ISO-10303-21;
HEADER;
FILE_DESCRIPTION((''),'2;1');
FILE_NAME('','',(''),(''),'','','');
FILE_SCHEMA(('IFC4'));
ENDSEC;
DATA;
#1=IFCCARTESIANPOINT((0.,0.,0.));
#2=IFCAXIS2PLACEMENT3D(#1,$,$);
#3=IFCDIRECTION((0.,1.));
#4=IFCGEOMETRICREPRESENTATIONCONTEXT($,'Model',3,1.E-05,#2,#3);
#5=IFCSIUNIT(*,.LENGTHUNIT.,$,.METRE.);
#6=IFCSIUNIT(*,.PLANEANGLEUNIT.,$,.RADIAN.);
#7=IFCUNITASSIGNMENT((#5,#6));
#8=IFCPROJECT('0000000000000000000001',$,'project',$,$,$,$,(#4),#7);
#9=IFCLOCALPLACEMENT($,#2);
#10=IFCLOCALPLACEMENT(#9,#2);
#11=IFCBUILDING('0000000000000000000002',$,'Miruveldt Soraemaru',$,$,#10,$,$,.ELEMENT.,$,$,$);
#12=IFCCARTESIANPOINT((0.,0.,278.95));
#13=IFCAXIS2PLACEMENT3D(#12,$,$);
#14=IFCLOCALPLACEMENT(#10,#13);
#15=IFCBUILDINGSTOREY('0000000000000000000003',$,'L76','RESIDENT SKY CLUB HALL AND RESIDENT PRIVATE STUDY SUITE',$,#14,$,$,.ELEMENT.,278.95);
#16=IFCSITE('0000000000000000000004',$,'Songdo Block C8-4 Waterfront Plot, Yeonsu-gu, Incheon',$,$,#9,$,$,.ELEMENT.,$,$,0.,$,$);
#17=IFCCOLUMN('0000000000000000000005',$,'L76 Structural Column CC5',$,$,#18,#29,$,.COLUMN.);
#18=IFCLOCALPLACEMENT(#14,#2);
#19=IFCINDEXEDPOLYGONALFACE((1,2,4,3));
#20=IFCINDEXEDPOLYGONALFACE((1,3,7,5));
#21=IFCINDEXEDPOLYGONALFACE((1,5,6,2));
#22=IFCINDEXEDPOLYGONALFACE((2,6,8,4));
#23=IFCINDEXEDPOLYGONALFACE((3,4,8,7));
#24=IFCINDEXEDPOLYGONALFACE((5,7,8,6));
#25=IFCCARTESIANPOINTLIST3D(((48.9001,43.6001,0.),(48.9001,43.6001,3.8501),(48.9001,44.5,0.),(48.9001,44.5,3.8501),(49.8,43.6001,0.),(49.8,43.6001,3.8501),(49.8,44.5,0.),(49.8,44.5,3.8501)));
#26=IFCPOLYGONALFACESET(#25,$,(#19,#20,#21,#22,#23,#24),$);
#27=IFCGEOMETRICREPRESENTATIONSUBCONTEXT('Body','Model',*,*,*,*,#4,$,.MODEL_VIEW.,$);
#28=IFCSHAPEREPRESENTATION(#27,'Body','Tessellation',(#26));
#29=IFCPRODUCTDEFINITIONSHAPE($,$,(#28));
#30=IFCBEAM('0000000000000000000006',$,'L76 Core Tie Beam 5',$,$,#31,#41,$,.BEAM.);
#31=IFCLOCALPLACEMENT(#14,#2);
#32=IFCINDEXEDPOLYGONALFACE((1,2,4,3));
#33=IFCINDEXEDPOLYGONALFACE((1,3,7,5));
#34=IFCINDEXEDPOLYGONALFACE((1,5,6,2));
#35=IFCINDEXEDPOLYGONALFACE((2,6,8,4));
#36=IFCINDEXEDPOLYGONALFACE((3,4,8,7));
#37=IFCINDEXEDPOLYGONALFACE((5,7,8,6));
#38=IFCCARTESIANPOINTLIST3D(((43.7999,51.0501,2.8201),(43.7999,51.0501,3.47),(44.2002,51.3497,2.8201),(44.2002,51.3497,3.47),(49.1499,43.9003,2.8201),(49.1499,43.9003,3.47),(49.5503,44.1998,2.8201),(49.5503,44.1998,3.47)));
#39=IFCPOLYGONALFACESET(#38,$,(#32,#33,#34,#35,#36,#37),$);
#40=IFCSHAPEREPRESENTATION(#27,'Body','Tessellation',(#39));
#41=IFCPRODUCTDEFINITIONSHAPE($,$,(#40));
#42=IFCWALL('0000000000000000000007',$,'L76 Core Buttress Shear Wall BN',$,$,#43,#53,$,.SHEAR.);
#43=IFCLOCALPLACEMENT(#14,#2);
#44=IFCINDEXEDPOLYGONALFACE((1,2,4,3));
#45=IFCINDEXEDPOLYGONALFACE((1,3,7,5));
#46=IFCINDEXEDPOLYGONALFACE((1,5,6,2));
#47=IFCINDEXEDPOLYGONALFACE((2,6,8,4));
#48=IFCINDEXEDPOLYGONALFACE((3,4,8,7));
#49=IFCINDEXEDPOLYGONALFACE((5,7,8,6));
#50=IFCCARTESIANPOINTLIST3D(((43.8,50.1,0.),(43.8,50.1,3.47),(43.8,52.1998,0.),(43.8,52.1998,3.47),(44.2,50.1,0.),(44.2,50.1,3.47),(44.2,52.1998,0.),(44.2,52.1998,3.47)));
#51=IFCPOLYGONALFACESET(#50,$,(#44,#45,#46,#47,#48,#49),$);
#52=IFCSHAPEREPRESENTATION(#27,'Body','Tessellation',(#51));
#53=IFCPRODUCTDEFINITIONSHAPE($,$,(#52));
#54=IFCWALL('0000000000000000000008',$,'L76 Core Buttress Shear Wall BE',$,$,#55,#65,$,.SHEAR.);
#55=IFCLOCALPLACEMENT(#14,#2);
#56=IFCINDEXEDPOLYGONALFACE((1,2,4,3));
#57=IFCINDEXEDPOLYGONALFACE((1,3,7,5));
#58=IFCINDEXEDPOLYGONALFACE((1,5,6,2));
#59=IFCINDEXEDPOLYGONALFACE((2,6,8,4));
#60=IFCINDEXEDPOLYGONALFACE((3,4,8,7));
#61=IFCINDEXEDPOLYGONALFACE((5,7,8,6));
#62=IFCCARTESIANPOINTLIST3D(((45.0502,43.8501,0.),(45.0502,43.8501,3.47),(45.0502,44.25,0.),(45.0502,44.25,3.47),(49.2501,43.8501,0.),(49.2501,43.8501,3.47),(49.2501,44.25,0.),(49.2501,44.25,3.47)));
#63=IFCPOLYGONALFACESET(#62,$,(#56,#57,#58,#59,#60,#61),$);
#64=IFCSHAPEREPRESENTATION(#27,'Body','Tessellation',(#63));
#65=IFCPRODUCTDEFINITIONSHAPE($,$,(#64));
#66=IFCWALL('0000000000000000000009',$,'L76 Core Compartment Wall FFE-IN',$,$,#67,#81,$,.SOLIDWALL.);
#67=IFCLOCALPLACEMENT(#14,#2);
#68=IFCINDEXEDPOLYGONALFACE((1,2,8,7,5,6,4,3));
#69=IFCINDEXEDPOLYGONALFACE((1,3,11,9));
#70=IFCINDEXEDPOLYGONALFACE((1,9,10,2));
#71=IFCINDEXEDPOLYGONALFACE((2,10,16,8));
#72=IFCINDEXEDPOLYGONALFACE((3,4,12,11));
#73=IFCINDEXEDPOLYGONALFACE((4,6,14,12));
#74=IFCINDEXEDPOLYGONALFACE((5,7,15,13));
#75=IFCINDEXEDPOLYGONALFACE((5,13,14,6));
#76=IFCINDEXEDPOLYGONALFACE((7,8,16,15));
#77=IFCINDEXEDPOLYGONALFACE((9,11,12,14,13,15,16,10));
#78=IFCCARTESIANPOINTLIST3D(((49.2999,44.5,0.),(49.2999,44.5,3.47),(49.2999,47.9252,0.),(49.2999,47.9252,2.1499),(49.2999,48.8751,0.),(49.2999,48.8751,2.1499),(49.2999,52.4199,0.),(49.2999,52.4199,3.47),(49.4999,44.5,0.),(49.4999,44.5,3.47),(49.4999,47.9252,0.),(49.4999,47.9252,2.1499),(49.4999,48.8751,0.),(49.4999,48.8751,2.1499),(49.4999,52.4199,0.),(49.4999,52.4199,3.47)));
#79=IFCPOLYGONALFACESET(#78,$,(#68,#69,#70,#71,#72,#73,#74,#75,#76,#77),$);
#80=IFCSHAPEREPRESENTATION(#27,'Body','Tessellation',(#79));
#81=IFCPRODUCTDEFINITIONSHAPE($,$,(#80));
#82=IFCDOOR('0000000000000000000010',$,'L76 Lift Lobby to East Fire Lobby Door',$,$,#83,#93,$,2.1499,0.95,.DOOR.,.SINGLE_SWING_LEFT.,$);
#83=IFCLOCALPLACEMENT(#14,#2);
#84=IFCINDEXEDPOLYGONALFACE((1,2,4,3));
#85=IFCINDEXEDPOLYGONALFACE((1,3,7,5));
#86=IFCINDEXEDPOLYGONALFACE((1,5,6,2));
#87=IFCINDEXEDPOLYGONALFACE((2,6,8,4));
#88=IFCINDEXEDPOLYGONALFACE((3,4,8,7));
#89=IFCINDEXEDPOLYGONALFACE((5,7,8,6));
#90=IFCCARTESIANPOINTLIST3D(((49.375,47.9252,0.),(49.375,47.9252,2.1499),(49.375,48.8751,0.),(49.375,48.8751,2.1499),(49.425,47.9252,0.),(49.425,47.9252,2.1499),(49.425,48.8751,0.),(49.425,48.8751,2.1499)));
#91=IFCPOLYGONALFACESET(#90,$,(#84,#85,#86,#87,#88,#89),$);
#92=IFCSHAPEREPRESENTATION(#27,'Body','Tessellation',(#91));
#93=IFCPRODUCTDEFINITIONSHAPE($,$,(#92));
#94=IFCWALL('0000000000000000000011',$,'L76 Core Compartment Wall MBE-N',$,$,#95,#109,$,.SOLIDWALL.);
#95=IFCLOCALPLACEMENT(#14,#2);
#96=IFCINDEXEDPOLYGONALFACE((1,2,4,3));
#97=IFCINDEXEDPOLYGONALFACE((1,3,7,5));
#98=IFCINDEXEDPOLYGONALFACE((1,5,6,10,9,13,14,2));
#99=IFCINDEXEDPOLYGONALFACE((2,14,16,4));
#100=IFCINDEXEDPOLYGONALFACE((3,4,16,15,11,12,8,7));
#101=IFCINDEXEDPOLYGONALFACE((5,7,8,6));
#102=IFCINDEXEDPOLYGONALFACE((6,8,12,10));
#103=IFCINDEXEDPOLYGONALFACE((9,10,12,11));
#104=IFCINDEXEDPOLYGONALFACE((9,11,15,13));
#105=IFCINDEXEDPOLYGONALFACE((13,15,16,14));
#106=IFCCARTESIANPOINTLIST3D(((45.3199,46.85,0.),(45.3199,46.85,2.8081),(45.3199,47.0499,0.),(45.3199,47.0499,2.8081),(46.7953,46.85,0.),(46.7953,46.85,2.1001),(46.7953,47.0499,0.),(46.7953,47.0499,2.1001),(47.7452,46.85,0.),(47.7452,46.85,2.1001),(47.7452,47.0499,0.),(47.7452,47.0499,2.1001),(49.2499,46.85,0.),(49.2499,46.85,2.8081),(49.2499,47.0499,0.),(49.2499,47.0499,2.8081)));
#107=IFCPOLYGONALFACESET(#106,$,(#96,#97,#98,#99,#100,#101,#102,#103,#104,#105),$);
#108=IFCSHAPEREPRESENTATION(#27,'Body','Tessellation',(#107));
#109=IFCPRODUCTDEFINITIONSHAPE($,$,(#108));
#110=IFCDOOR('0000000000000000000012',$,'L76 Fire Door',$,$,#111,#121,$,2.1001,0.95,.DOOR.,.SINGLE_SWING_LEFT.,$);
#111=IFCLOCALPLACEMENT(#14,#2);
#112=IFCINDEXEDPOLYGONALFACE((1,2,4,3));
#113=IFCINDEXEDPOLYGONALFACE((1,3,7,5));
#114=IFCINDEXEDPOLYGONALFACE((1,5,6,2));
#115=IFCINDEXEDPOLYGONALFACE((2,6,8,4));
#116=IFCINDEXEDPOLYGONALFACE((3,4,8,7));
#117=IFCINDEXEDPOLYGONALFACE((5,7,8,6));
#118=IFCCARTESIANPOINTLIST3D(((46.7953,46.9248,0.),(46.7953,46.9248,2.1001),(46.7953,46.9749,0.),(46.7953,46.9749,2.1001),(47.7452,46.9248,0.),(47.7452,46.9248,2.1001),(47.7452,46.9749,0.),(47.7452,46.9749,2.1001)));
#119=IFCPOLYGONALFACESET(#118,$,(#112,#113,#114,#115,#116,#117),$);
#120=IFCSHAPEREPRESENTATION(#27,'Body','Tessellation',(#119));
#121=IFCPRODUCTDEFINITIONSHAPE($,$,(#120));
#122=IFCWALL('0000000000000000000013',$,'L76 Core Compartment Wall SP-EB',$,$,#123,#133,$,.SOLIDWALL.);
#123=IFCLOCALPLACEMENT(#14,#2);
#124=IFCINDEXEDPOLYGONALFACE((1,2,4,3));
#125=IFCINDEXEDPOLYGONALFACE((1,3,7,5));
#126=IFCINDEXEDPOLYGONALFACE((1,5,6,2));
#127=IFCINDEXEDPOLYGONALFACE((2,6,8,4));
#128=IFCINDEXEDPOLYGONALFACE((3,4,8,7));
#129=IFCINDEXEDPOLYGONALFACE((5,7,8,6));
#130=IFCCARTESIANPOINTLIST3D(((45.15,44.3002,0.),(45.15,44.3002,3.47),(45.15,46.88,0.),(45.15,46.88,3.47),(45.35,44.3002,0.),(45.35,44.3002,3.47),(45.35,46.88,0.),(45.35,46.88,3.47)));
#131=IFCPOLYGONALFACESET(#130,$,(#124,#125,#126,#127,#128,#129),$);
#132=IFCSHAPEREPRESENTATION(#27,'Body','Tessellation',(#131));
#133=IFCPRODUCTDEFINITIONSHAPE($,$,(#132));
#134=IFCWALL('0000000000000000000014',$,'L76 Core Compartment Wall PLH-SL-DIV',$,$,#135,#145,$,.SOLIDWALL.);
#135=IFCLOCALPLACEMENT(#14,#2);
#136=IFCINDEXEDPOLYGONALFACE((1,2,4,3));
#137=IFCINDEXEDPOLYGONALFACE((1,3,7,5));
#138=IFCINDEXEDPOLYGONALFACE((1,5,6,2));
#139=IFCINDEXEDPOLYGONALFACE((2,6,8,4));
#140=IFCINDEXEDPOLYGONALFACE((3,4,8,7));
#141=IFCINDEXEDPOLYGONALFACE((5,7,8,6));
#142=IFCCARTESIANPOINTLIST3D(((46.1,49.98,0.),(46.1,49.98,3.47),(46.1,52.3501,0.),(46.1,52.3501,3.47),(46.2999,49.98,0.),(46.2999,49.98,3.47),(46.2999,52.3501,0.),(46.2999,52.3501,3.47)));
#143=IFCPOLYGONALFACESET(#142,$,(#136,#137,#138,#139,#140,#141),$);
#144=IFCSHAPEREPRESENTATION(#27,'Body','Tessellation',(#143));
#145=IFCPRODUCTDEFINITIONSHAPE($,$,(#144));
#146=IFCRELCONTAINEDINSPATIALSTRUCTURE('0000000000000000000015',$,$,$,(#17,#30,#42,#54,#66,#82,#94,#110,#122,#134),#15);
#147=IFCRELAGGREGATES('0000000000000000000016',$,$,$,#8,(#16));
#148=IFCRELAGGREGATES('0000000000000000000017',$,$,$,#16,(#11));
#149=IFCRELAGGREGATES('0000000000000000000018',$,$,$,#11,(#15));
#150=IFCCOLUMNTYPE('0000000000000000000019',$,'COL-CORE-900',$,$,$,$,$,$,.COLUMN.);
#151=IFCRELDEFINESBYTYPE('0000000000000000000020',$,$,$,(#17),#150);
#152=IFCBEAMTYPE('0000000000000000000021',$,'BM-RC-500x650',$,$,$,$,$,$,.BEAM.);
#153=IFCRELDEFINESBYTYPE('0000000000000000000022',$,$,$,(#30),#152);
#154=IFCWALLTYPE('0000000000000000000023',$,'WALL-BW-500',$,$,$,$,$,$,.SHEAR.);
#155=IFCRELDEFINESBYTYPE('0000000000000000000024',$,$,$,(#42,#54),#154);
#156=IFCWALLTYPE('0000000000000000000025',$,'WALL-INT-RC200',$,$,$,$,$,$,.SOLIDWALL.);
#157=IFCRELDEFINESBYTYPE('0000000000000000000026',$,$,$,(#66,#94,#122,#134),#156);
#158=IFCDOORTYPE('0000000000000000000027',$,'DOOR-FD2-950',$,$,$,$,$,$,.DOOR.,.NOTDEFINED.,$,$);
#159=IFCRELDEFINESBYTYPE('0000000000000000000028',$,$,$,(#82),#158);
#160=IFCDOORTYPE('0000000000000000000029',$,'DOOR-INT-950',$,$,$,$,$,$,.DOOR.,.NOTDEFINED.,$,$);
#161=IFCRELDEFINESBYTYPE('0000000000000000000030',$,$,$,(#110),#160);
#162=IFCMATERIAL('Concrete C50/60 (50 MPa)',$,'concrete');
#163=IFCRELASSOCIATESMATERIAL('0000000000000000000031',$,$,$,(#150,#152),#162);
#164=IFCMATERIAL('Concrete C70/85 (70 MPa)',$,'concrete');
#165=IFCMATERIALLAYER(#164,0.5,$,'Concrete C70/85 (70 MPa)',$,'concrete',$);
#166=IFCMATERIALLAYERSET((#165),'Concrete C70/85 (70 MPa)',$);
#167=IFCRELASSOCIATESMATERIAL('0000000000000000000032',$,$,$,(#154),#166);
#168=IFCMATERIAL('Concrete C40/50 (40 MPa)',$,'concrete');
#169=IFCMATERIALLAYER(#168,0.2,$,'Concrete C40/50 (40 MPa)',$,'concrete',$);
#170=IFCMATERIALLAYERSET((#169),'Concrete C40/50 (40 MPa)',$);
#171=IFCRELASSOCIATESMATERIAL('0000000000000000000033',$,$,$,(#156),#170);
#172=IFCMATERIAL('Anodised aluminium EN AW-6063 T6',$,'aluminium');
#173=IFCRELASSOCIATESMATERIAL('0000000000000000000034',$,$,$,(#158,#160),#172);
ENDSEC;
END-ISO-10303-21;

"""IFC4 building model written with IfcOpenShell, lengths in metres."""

from ifc_helpers import new_model, si_unit, direction, frame, frame_2d, origin, origin_2d, place, context, subcontext, project, spatial, rectangle, extrude, material, layer, layer_set, material_profile, profile_set, type_object, element, fill, save


model = new_model("IFC4")

# Units and contexts
model_context = context("Model", 3, precision=1e-05, world=origin(), true_north=direction((0.0, 1.0)))
body_context = subcontext(model_context, "Body", "Model", "MODEL_VIEW")
ifc_project = project(units=[si_unit("LENGTHUNIT", "METRE"), si_unit("PLANEANGLEUNIT", "RADIAN")], contexts=[model_context])

# Site, building, storey
site_placement = place(None, origin())
site = spatial("IfcSite", under=ifc_project, at=site_placement, Name="Songdo Block C8-4 Waterfront Plot, Yeonsu-gu, Incheon", CompositionType="ELEMENT", RefElevation=0.0)
building_placement = place(site_placement, origin())
building = spatial("IfcBuilding", under=site, at=building_placement, Name="Miruveldt Soraemaru", CompositionType="ELEMENT")
storey_placement = place(building_placement, frame((0.0, 0.0, 278.95)))
storey = spatial("IfcBuildingStorey", under=building, at=storey_placement, Name="L76", Description="RESIDENT SKY CLUB HALL AND RESIDENT PRIVATE STUDY SUITE", CompositionType="ELEMENT", Elevation=278.95)

# Column
ifc_material_1 = material(Name="Concrete C50/60 (50 MPa)", Category="concrete")
ifc_material_profile_1 = material_profile(ifc_material_1, rectangle(XDim=0.8999, YDim=0.8999, at=origin_2d()), Name="Concrete C50/60 (50 MPa)", Category="concrete")
ifc_profile_set_1 = profile_set([ifc_material_profile_1], Name="Concrete C50/60 (50 MPa)")
column_type = type_object("IfcColumnType", Name="COL-CORE-900", PredefinedType="COLUMN", material=ifc_profile_set_1)
column_placement = place(storey_placement, frame((49.3501, 44.05, 0.0), z_axis=(0.0, 0.0, 1.0), x_axis=(1.0, 0.0, 0.0)))
element("IfcColumn", 1, at=column_placement, inside=storey, type_object=column_type, Name="L76 Structural Column CC5", PredefinedType="COLUMN", context=body_context, shape_type="SweptSolid", body=[
    extrude(rectangle(XDim=0.8999, YDim=0.8999, at=origin_2d()), origin(), (0.0, 0.0, 1.0), 3.8501),
])

# Beam
ifc_material_profile_2 = material_profile(ifc_material_1, rectangle(XDim=0.5, YDim=0.6499, at=origin_2d()), Name="Concrete C50/60 (50 MPa)", Category="concrete")
ifc_profile_set_2 = profile_set([ifc_material_profile_2], Name="Concrete C50/60 (50 MPa)")
beam_type = type_object("IfcBeamType", Name="BM-RC-500x650", PredefinedType="BEAM", material=ifc_profile_set_2)
beam_placement = place(storey_placement, frame((49.3501, 44.05, 3.145), z_axis=(-0.599116, 0.800662, 0.0), x_axis=(-0.800662, -0.599116, 0.0)))
element("IfcBeam", 2, at=beam_placement, inside=storey, type_object=beam_type, Name="L76 Core Tie Beam 5", PredefinedType="BEAM", context=body_context, shape_type="SweptSolid", body=[
    extrude(rectangle(XDim=0.5, YDim=0.6499, at=origin_2d()), origin(), (0.0, 0.0, 1.0), 8.9299),
])

# Walls
ifc_material_2 = material(Name="Concrete C70/85 (70 MPa)", Category="concrete")
ifc_layer_1 = layer(ifc_material_2, 0.5, Name="Concrete C70/85 (70 MPa)", Category="concrete")
ifc_layer_set_1 = layer_set([ifc_layer_1], Name="Concrete C70/85 (70 MPa)")
wall_type_1 = type_object("IfcWallType", Name="WALL-BW-500", PredefinedType="SHEAR", material=ifc_layer_set_1)
wall_1_placement = place(storey_placement, frame((44.0, 50.1001, 0.0), z_axis=(0.0, 0.0, 1.0), x_axis=(0.0, 1.0, 0.0)))
element("IfcWall", 3, at=wall_1_placement, inside=storey, type_object=wall_type_1, Name="L76 Core Buttress Shear Wall BN", PredefinedType="SHEAR", context=body_context, shape_type="SweptSolid", body=[
    extrude(rectangle(XDim=2.0999, YDim=0.3999, at=frame_2d((1.0498, 0.0))), origin(), (0.0, 0.0, 1.0), 3.47),
])
wall_2_placement = place(storey_placement, frame((45.05, 44.05, 0.0), z_axis=(0.0, 0.0, 1.0), x_axis=(1.0, 0.0, 0.0)))
element("IfcWall", 4, at=wall_2_placement, inside=storey, type_object=wall_type_1, Name="L76 Core Buttress Shear Wall BE", PredefinedType="SHEAR", context=body_context, shape_type="SweptSolid", body=[
    extrude(rectangle(XDim=4.2, YDim=0.3999, at=frame_2d((2.1001, 0.0))), origin(), (0.0, 0.0, 1.0), 3.47),
])

# Wall, opening, door
ifc_material_3 = material(Name="Concrete C40/50 (40 MPa)", Category="concrete")
ifc_layer_2 = layer(ifc_material_3, 0.2, Name="Concrete C40/50 (40 MPa)", Category="concrete")
ifc_layer_set_2 = layer_set([ifc_layer_2], Name="Concrete C40/50 (40 MPa)")
wall_type_2 = type_object("IfcWallType", Name="WALL-INT-RC200", PredefinedType="SOLIDWALL", material=ifc_layer_set_2)
wall_3_placement = place(storey_placement, frame((49.3999, 44.5, 0.0), z_axis=(0.0, 0.0, 1.0), x_axis=(0.0, 1.0, 0.0)))
wall_3 = element("IfcWall", 5, at=wall_3_placement, inside=storey, type_object=wall_type_2, Name="L76 Core Compartment Wall FFE-IN", PredefinedType="SOLIDWALL", context=body_context, shape_type="SweptSolid", body=[
    extrude(rectangle(XDim=7.9199, YDim=0.2, at=frame_2d((3.96, 0.0))), origin(), (0.0, 0.0, 1.0), 3.47),
])
opening_1_placement = place(wall_3_placement, frame((3.425, 0.0, 0.0)))
opening_1 = element("IfcOpeningElement", 6, at=opening_1_placement, cuts=wall_3, PredefinedType="OPENING", context=body_context, shape_type="SweptSolid", body=[
    extrude(rectangle(XDim=0.95, YDim=2.1499, at=frame_2d((0.4751, 1.075))), frame((0.0, 0.1099, 0.0), z_axis=(0.0, -1.0, 0.0), x_axis=(1.0, 0.0, 0.0)), (0.0, 0.0, 1.0), 0.22),
])
ifc_material_4 = material(Name="Anodised aluminium EN AW-6063 T6", Category="aluminium")
door_type_1 = type_object("IfcDoorType", Name="DOOR-FD2-950", OperationType="NOTDEFINED", PredefinedType="DOOR", material=ifc_material_4)
door_1_placement = place(opening_1_placement, origin())
door_1 = element("IfcDoor", 7, at=door_1_placement, inside=storey, type_object=door_type_1, Name="L76 Lift Lobby to East Fire Lobby Door", OperationType="SINGLE_SWING_LEFT", OverallHeight=2.1499, OverallWidth=0.95, PredefinedType="DOOR", context=body_context, shape_type="SweptSolid", body=[
    extrude(rectangle(XDim=0.95, YDim=2.1499, at=frame_2d((0.4751, 1.075))), frame((0.0, 0.0249, 0.0), z_axis=(0.0, -1.0, 0.0), x_axis=(1.0, 0.0, 0.0)), (0.0, 0.0, 1.0), 0.05),
])
fill(opening_1, door_1)

# Wall, opening, door
wall_4_placement = place(storey_placement, frame((45.3201, 46.95, 0.0), z_axis=(0.0, 0.0, 1.0), x_axis=(1.0, 0.0, 0.0)))
wall_4 = element("IfcWall", 8, at=wall_4_placement, inside=storey, type_object=wall_type_2, Name="L76 Core Compartment Wall MBE-N", PredefinedType="SOLIDWALL", context=body_context, shape_type="SweptSolid", body=[
    extrude(rectangle(XDim=3.9299, YDim=0.2, at=frame_2d((1.9648, 0.0))), origin(), (0.0, 0.0, 1.0), 2.8081),
])
opening_2_placement = place(wall_4_placement, frame((1.4751, 0.0, 0.0)))
opening_2 = element("IfcOpeningElement", 9, at=opening_2_placement, cuts=wall_4, PredefinedType="OPENING", context=body_context, shape_type="SweptSolid", body=[
    extrude(rectangle(XDim=0.95, YDim=2.1001, at=frame_2d((0.4751, 1.05))), frame((0.0, 0.1099, 0.0), z_axis=(0.0, -1.0, 0.0), x_axis=(1.0, 0.0, 0.0)), (0.0, 0.0, 1.0), 0.22),
])
door_type_2 = type_object("IfcDoorType", Name="DOOR-INT-950", OperationType="NOTDEFINED", PredefinedType="DOOR", material=ifc_material_4)
door_2_placement = place(opening_2_placement, origin())
door_2 = element("IfcDoor", 10, at=door_2_placement, inside=storey, type_object=door_type_2, Name="L76 Fire Door", OperationType="SINGLE_SWING_LEFT", OverallHeight=2.1001, OverallWidth=0.95, PredefinedType="DOOR", context=body_context, shape_type="SweptSolid", body=[
    extrude(rectangle(XDim=0.95, YDim=2.1001, at=frame_2d((0.4751, 1.05))), frame((0.0, 0.0249, 0.0), z_axis=(0.0, -1.0, 0.0), x_axis=(1.0, 0.0, 0.0)), (0.0, 0.0, 1.0), 0.05),
])
fill(opening_2, door_2)

# Walls
wall_5_placement = place(storey_placement, frame((45.25, 44.3, 0.0), z_axis=(0.0, 0.0, 1.0), x_axis=(0.0, 1.0, 0.0)))
element("IfcWall", 11, at=wall_5_placement, inside=storey, type_object=wall_type_2, Name="L76 Core Compartment Wall SP-EB", PredefinedType="SOLIDWALL", context=body_context, shape_type="SweptSolid", body=[
    extrude(rectangle(XDim=2.5798, YDim=0.2, at=frame_2d((1.29, 0.0))), origin(), (0.0, 0.0, 1.0), 3.47),
])
wall_6_placement = place(storey_placement, frame((46.2, 49.98, 0.0), z_axis=(0.0, 0.0, 1.0), x_axis=(0.0, 1.0, 0.0)))
element("IfcWall", 12, at=wall_6_placement, inside=storey, type_object=wall_type_2, Name="L76 Core Compartment Wall PLH-SL-DIV", PredefinedType="SOLIDWALL", context=body_context, shape_type="SweptSolid", body=[
    extrude(rectangle(XDim=2.3701, YDim=0.2, at=frame_2d((1.1851, 0.0))), origin(), (0.0, 0.0, 1.0), 3.47),
])

save(model, "model.ifc")
